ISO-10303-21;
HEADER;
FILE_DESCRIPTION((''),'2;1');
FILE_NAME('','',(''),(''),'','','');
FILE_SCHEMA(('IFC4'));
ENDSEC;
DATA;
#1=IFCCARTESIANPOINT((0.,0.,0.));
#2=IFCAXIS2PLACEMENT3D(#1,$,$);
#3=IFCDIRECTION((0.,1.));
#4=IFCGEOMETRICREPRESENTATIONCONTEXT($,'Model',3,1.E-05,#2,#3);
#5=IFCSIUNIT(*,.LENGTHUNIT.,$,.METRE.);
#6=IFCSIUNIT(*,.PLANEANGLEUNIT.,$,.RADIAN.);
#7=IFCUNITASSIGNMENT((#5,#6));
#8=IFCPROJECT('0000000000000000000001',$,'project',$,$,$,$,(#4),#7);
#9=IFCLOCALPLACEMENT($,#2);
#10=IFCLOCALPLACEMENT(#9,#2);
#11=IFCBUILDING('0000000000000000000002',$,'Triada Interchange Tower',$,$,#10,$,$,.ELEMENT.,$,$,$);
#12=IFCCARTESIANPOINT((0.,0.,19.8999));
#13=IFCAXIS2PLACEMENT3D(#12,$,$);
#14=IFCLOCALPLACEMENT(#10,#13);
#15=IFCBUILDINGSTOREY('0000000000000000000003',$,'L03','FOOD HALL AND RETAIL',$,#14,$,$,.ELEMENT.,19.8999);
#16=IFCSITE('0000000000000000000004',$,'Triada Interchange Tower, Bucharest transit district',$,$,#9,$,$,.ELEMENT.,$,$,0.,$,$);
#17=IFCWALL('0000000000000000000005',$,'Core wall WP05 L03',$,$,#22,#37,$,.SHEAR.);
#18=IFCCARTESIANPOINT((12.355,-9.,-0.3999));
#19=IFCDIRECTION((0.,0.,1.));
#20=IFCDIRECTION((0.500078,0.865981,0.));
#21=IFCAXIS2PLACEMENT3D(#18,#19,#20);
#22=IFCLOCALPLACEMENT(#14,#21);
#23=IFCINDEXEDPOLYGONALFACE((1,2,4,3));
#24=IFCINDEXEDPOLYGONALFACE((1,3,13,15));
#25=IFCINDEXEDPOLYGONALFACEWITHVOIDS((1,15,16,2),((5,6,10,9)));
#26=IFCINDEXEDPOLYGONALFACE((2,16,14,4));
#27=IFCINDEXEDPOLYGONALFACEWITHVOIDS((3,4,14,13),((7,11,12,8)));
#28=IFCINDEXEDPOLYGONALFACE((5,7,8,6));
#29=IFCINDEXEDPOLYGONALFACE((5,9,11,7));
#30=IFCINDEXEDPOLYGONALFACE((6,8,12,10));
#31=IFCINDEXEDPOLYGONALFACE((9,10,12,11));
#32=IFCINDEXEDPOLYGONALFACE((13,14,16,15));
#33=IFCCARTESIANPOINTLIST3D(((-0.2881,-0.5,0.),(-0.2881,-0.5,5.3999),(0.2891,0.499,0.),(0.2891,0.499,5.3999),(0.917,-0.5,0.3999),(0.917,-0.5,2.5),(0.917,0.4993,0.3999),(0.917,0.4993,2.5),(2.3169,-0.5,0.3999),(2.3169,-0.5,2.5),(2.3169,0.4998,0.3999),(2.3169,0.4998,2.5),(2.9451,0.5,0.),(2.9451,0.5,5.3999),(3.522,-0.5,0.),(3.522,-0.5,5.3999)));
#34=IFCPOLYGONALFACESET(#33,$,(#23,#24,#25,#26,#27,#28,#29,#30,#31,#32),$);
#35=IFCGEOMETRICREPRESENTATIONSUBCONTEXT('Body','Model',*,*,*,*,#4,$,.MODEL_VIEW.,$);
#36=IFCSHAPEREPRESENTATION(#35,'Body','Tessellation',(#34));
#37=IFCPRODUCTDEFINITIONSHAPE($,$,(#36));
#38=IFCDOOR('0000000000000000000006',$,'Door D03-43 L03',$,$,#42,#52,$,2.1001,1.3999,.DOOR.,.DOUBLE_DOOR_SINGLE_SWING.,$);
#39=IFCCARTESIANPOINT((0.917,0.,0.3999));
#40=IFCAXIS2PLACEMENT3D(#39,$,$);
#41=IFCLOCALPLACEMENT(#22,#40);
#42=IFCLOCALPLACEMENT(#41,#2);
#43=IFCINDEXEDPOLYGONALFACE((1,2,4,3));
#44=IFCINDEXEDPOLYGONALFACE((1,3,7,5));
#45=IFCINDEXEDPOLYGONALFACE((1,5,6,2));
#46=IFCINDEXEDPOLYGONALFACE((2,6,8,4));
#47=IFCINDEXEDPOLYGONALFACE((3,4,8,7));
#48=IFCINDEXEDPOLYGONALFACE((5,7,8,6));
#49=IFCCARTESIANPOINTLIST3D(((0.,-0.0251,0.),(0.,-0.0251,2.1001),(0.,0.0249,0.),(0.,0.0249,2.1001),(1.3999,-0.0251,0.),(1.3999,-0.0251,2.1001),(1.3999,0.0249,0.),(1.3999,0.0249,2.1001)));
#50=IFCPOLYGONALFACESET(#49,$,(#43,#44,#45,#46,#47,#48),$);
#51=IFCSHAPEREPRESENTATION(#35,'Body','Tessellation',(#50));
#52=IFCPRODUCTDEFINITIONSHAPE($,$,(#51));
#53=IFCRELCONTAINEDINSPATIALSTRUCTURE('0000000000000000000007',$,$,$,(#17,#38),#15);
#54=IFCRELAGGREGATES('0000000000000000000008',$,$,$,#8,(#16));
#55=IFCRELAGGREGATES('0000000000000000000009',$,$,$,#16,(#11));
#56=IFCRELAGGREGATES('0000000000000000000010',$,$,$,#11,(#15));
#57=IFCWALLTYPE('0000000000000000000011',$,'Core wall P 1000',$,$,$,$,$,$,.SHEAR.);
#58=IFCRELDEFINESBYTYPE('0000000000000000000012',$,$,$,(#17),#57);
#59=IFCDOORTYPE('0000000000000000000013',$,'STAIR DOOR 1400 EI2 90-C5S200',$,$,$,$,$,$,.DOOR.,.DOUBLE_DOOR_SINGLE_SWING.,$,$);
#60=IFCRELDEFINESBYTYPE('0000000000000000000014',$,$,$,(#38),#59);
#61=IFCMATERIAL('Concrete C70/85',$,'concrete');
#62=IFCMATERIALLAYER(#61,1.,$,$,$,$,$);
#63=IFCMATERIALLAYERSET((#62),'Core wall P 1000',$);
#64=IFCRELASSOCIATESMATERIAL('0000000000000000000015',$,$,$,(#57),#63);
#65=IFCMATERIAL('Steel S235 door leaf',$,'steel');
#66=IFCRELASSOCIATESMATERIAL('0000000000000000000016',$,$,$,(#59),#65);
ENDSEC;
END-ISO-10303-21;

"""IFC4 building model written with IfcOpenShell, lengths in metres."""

from ifc_helpers import new_model, si_unit, direction, frame, frame_2d, origin, place, context, subcontext, project, spatial, polyline, rectangle, outline, extrude, material, layer, layer_set, type_object, element, fill, save


model = new_model("IFC4")

# Units and contexts
model_context = context("Model", 3, precision=1e-05, world=origin(), true_north=direction((0.0, 1.0)))
body_context = subcontext(model_context, "Body", "Model", "MODEL_VIEW")
ifc_project = project(units=[si_unit("LENGTHUNIT", "METRE"), si_unit("PLANEANGLEUNIT", "RADIAN")], contexts=[model_context])

# Site, building, storey
site_placement = place(None, origin())
site = spatial("IfcSite", under=ifc_project, at=site_placement, Name="Triada Interchange Tower, Bucharest transit district", CompositionType="ELEMENT", RefElevation=0.0)
building_placement = place(site_placement, origin())
building = spatial("IfcBuilding", under=site, at=building_placement, Name="Triada Interchange Tower", CompositionType="ELEMENT")
storey_placement = place(building_placement, frame((0.0, 0.0, 19.8999)))
storey = spatial("IfcBuildingStorey", under=building, at=storey_placement, Name="L03", Description="FOOD HALL AND RETAIL", CompositionType="ELEMENT", Elevation=19.8999)

# Shared definitions
ifc_material_1 = material(Name="Concrete C70/85", Category="concrete")

# Shared definitions
ifc_material_2 = material(Name="Steel S235 door leaf", Category="steel")

# Wall, opening, door
ifc_layer_1 = layer(ifc_material_1, 1.0)
ifc_layer_set_1 = layer_set([ifc_layer_1], Name="Core wall P 1000")
wall_type_1 = type_object("IfcWallType", Name="Core wall P 1000", PredefinedType="SHEAR", material=ifc_layer_set_1)
wall_1_placement = place(storey_placement, frame((12.355, -9.0, -0.3999), z_axis=(0.0, 0.0, 1.0), x_axis=(0.500078, 0.865981, 0.0)))
wall_1 = element("IfcWall", 1, at=wall_1_placement, inside=storey, type_object=wall_type_1, Name="Core wall WP05 L03", PredefinedType="SHEAR", context=body_context, shape_type="SweptSolid", body=[
    extrude(outline(polyline([(-0.2881, -0.5), (1.6169, -0.5), (3.522, -0.5), (2.9451, 0.5), (1.6172, 0.4995), (0.2891, 0.499), (-0.2881, -0.5)])), origin(), (0.0, 0.0, 1.0), 5.3999),
])
opening_1_placement = place(wall_1_placement, frame((0.917, 0.0, 0.3999)))
opening_1 = element("IfcOpeningElement", 2, at=opening_1_placement, cuts=wall_1, PredefinedType="OPENING", context=body_context, shape_type="SweptSolid", body=[
    extrude(rectangle(XDim=1.3999, YDim=2.1001, at=frame_2d((0.7, 1.05))), frame((0.0, 0.51, 0.0), z_axis=(0.0, -1.0, 0.0), x_axis=(1.0, 0.0, 0.0)), (0.0, 0.0, 1.0), 1.02),
])
door_type_1 = type_object("IfcDoorType", Name="STAIR DOOR 1400 EI2 90-C5S200", OperationType="DOUBLE_DOOR_SINGLE_SWING", PredefinedType="DOOR", material=ifc_material_2)
door_1_placement = place(opening_1_placement, origin())
door_1 = element("IfcDoor", 3, at=door_1_placement, inside=storey, type_object=door_type_1, Name="Door D03-43 L03", OperationType="DOUBLE_DOOR_SINGLE_SWING", OverallHeight=2.1001, OverallWidth=1.3999, PredefinedType="DOOR", context=body_context, shape_type="SweptSolid", body=[
    extrude(rectangle(XDim=1.3999, YDim=2.1001, at=frame_2d((0.7, 1.05))), frame((0.0, 0.0249, 0.0), z_axis=(0.0, -1.0, 0.0), x_axis=(1.0, 0.0, 0.0)), (0.0, 0.0, 1.0), 0.05),
])
fill(opening_1, door_1)

save(model, "model.ifc")
